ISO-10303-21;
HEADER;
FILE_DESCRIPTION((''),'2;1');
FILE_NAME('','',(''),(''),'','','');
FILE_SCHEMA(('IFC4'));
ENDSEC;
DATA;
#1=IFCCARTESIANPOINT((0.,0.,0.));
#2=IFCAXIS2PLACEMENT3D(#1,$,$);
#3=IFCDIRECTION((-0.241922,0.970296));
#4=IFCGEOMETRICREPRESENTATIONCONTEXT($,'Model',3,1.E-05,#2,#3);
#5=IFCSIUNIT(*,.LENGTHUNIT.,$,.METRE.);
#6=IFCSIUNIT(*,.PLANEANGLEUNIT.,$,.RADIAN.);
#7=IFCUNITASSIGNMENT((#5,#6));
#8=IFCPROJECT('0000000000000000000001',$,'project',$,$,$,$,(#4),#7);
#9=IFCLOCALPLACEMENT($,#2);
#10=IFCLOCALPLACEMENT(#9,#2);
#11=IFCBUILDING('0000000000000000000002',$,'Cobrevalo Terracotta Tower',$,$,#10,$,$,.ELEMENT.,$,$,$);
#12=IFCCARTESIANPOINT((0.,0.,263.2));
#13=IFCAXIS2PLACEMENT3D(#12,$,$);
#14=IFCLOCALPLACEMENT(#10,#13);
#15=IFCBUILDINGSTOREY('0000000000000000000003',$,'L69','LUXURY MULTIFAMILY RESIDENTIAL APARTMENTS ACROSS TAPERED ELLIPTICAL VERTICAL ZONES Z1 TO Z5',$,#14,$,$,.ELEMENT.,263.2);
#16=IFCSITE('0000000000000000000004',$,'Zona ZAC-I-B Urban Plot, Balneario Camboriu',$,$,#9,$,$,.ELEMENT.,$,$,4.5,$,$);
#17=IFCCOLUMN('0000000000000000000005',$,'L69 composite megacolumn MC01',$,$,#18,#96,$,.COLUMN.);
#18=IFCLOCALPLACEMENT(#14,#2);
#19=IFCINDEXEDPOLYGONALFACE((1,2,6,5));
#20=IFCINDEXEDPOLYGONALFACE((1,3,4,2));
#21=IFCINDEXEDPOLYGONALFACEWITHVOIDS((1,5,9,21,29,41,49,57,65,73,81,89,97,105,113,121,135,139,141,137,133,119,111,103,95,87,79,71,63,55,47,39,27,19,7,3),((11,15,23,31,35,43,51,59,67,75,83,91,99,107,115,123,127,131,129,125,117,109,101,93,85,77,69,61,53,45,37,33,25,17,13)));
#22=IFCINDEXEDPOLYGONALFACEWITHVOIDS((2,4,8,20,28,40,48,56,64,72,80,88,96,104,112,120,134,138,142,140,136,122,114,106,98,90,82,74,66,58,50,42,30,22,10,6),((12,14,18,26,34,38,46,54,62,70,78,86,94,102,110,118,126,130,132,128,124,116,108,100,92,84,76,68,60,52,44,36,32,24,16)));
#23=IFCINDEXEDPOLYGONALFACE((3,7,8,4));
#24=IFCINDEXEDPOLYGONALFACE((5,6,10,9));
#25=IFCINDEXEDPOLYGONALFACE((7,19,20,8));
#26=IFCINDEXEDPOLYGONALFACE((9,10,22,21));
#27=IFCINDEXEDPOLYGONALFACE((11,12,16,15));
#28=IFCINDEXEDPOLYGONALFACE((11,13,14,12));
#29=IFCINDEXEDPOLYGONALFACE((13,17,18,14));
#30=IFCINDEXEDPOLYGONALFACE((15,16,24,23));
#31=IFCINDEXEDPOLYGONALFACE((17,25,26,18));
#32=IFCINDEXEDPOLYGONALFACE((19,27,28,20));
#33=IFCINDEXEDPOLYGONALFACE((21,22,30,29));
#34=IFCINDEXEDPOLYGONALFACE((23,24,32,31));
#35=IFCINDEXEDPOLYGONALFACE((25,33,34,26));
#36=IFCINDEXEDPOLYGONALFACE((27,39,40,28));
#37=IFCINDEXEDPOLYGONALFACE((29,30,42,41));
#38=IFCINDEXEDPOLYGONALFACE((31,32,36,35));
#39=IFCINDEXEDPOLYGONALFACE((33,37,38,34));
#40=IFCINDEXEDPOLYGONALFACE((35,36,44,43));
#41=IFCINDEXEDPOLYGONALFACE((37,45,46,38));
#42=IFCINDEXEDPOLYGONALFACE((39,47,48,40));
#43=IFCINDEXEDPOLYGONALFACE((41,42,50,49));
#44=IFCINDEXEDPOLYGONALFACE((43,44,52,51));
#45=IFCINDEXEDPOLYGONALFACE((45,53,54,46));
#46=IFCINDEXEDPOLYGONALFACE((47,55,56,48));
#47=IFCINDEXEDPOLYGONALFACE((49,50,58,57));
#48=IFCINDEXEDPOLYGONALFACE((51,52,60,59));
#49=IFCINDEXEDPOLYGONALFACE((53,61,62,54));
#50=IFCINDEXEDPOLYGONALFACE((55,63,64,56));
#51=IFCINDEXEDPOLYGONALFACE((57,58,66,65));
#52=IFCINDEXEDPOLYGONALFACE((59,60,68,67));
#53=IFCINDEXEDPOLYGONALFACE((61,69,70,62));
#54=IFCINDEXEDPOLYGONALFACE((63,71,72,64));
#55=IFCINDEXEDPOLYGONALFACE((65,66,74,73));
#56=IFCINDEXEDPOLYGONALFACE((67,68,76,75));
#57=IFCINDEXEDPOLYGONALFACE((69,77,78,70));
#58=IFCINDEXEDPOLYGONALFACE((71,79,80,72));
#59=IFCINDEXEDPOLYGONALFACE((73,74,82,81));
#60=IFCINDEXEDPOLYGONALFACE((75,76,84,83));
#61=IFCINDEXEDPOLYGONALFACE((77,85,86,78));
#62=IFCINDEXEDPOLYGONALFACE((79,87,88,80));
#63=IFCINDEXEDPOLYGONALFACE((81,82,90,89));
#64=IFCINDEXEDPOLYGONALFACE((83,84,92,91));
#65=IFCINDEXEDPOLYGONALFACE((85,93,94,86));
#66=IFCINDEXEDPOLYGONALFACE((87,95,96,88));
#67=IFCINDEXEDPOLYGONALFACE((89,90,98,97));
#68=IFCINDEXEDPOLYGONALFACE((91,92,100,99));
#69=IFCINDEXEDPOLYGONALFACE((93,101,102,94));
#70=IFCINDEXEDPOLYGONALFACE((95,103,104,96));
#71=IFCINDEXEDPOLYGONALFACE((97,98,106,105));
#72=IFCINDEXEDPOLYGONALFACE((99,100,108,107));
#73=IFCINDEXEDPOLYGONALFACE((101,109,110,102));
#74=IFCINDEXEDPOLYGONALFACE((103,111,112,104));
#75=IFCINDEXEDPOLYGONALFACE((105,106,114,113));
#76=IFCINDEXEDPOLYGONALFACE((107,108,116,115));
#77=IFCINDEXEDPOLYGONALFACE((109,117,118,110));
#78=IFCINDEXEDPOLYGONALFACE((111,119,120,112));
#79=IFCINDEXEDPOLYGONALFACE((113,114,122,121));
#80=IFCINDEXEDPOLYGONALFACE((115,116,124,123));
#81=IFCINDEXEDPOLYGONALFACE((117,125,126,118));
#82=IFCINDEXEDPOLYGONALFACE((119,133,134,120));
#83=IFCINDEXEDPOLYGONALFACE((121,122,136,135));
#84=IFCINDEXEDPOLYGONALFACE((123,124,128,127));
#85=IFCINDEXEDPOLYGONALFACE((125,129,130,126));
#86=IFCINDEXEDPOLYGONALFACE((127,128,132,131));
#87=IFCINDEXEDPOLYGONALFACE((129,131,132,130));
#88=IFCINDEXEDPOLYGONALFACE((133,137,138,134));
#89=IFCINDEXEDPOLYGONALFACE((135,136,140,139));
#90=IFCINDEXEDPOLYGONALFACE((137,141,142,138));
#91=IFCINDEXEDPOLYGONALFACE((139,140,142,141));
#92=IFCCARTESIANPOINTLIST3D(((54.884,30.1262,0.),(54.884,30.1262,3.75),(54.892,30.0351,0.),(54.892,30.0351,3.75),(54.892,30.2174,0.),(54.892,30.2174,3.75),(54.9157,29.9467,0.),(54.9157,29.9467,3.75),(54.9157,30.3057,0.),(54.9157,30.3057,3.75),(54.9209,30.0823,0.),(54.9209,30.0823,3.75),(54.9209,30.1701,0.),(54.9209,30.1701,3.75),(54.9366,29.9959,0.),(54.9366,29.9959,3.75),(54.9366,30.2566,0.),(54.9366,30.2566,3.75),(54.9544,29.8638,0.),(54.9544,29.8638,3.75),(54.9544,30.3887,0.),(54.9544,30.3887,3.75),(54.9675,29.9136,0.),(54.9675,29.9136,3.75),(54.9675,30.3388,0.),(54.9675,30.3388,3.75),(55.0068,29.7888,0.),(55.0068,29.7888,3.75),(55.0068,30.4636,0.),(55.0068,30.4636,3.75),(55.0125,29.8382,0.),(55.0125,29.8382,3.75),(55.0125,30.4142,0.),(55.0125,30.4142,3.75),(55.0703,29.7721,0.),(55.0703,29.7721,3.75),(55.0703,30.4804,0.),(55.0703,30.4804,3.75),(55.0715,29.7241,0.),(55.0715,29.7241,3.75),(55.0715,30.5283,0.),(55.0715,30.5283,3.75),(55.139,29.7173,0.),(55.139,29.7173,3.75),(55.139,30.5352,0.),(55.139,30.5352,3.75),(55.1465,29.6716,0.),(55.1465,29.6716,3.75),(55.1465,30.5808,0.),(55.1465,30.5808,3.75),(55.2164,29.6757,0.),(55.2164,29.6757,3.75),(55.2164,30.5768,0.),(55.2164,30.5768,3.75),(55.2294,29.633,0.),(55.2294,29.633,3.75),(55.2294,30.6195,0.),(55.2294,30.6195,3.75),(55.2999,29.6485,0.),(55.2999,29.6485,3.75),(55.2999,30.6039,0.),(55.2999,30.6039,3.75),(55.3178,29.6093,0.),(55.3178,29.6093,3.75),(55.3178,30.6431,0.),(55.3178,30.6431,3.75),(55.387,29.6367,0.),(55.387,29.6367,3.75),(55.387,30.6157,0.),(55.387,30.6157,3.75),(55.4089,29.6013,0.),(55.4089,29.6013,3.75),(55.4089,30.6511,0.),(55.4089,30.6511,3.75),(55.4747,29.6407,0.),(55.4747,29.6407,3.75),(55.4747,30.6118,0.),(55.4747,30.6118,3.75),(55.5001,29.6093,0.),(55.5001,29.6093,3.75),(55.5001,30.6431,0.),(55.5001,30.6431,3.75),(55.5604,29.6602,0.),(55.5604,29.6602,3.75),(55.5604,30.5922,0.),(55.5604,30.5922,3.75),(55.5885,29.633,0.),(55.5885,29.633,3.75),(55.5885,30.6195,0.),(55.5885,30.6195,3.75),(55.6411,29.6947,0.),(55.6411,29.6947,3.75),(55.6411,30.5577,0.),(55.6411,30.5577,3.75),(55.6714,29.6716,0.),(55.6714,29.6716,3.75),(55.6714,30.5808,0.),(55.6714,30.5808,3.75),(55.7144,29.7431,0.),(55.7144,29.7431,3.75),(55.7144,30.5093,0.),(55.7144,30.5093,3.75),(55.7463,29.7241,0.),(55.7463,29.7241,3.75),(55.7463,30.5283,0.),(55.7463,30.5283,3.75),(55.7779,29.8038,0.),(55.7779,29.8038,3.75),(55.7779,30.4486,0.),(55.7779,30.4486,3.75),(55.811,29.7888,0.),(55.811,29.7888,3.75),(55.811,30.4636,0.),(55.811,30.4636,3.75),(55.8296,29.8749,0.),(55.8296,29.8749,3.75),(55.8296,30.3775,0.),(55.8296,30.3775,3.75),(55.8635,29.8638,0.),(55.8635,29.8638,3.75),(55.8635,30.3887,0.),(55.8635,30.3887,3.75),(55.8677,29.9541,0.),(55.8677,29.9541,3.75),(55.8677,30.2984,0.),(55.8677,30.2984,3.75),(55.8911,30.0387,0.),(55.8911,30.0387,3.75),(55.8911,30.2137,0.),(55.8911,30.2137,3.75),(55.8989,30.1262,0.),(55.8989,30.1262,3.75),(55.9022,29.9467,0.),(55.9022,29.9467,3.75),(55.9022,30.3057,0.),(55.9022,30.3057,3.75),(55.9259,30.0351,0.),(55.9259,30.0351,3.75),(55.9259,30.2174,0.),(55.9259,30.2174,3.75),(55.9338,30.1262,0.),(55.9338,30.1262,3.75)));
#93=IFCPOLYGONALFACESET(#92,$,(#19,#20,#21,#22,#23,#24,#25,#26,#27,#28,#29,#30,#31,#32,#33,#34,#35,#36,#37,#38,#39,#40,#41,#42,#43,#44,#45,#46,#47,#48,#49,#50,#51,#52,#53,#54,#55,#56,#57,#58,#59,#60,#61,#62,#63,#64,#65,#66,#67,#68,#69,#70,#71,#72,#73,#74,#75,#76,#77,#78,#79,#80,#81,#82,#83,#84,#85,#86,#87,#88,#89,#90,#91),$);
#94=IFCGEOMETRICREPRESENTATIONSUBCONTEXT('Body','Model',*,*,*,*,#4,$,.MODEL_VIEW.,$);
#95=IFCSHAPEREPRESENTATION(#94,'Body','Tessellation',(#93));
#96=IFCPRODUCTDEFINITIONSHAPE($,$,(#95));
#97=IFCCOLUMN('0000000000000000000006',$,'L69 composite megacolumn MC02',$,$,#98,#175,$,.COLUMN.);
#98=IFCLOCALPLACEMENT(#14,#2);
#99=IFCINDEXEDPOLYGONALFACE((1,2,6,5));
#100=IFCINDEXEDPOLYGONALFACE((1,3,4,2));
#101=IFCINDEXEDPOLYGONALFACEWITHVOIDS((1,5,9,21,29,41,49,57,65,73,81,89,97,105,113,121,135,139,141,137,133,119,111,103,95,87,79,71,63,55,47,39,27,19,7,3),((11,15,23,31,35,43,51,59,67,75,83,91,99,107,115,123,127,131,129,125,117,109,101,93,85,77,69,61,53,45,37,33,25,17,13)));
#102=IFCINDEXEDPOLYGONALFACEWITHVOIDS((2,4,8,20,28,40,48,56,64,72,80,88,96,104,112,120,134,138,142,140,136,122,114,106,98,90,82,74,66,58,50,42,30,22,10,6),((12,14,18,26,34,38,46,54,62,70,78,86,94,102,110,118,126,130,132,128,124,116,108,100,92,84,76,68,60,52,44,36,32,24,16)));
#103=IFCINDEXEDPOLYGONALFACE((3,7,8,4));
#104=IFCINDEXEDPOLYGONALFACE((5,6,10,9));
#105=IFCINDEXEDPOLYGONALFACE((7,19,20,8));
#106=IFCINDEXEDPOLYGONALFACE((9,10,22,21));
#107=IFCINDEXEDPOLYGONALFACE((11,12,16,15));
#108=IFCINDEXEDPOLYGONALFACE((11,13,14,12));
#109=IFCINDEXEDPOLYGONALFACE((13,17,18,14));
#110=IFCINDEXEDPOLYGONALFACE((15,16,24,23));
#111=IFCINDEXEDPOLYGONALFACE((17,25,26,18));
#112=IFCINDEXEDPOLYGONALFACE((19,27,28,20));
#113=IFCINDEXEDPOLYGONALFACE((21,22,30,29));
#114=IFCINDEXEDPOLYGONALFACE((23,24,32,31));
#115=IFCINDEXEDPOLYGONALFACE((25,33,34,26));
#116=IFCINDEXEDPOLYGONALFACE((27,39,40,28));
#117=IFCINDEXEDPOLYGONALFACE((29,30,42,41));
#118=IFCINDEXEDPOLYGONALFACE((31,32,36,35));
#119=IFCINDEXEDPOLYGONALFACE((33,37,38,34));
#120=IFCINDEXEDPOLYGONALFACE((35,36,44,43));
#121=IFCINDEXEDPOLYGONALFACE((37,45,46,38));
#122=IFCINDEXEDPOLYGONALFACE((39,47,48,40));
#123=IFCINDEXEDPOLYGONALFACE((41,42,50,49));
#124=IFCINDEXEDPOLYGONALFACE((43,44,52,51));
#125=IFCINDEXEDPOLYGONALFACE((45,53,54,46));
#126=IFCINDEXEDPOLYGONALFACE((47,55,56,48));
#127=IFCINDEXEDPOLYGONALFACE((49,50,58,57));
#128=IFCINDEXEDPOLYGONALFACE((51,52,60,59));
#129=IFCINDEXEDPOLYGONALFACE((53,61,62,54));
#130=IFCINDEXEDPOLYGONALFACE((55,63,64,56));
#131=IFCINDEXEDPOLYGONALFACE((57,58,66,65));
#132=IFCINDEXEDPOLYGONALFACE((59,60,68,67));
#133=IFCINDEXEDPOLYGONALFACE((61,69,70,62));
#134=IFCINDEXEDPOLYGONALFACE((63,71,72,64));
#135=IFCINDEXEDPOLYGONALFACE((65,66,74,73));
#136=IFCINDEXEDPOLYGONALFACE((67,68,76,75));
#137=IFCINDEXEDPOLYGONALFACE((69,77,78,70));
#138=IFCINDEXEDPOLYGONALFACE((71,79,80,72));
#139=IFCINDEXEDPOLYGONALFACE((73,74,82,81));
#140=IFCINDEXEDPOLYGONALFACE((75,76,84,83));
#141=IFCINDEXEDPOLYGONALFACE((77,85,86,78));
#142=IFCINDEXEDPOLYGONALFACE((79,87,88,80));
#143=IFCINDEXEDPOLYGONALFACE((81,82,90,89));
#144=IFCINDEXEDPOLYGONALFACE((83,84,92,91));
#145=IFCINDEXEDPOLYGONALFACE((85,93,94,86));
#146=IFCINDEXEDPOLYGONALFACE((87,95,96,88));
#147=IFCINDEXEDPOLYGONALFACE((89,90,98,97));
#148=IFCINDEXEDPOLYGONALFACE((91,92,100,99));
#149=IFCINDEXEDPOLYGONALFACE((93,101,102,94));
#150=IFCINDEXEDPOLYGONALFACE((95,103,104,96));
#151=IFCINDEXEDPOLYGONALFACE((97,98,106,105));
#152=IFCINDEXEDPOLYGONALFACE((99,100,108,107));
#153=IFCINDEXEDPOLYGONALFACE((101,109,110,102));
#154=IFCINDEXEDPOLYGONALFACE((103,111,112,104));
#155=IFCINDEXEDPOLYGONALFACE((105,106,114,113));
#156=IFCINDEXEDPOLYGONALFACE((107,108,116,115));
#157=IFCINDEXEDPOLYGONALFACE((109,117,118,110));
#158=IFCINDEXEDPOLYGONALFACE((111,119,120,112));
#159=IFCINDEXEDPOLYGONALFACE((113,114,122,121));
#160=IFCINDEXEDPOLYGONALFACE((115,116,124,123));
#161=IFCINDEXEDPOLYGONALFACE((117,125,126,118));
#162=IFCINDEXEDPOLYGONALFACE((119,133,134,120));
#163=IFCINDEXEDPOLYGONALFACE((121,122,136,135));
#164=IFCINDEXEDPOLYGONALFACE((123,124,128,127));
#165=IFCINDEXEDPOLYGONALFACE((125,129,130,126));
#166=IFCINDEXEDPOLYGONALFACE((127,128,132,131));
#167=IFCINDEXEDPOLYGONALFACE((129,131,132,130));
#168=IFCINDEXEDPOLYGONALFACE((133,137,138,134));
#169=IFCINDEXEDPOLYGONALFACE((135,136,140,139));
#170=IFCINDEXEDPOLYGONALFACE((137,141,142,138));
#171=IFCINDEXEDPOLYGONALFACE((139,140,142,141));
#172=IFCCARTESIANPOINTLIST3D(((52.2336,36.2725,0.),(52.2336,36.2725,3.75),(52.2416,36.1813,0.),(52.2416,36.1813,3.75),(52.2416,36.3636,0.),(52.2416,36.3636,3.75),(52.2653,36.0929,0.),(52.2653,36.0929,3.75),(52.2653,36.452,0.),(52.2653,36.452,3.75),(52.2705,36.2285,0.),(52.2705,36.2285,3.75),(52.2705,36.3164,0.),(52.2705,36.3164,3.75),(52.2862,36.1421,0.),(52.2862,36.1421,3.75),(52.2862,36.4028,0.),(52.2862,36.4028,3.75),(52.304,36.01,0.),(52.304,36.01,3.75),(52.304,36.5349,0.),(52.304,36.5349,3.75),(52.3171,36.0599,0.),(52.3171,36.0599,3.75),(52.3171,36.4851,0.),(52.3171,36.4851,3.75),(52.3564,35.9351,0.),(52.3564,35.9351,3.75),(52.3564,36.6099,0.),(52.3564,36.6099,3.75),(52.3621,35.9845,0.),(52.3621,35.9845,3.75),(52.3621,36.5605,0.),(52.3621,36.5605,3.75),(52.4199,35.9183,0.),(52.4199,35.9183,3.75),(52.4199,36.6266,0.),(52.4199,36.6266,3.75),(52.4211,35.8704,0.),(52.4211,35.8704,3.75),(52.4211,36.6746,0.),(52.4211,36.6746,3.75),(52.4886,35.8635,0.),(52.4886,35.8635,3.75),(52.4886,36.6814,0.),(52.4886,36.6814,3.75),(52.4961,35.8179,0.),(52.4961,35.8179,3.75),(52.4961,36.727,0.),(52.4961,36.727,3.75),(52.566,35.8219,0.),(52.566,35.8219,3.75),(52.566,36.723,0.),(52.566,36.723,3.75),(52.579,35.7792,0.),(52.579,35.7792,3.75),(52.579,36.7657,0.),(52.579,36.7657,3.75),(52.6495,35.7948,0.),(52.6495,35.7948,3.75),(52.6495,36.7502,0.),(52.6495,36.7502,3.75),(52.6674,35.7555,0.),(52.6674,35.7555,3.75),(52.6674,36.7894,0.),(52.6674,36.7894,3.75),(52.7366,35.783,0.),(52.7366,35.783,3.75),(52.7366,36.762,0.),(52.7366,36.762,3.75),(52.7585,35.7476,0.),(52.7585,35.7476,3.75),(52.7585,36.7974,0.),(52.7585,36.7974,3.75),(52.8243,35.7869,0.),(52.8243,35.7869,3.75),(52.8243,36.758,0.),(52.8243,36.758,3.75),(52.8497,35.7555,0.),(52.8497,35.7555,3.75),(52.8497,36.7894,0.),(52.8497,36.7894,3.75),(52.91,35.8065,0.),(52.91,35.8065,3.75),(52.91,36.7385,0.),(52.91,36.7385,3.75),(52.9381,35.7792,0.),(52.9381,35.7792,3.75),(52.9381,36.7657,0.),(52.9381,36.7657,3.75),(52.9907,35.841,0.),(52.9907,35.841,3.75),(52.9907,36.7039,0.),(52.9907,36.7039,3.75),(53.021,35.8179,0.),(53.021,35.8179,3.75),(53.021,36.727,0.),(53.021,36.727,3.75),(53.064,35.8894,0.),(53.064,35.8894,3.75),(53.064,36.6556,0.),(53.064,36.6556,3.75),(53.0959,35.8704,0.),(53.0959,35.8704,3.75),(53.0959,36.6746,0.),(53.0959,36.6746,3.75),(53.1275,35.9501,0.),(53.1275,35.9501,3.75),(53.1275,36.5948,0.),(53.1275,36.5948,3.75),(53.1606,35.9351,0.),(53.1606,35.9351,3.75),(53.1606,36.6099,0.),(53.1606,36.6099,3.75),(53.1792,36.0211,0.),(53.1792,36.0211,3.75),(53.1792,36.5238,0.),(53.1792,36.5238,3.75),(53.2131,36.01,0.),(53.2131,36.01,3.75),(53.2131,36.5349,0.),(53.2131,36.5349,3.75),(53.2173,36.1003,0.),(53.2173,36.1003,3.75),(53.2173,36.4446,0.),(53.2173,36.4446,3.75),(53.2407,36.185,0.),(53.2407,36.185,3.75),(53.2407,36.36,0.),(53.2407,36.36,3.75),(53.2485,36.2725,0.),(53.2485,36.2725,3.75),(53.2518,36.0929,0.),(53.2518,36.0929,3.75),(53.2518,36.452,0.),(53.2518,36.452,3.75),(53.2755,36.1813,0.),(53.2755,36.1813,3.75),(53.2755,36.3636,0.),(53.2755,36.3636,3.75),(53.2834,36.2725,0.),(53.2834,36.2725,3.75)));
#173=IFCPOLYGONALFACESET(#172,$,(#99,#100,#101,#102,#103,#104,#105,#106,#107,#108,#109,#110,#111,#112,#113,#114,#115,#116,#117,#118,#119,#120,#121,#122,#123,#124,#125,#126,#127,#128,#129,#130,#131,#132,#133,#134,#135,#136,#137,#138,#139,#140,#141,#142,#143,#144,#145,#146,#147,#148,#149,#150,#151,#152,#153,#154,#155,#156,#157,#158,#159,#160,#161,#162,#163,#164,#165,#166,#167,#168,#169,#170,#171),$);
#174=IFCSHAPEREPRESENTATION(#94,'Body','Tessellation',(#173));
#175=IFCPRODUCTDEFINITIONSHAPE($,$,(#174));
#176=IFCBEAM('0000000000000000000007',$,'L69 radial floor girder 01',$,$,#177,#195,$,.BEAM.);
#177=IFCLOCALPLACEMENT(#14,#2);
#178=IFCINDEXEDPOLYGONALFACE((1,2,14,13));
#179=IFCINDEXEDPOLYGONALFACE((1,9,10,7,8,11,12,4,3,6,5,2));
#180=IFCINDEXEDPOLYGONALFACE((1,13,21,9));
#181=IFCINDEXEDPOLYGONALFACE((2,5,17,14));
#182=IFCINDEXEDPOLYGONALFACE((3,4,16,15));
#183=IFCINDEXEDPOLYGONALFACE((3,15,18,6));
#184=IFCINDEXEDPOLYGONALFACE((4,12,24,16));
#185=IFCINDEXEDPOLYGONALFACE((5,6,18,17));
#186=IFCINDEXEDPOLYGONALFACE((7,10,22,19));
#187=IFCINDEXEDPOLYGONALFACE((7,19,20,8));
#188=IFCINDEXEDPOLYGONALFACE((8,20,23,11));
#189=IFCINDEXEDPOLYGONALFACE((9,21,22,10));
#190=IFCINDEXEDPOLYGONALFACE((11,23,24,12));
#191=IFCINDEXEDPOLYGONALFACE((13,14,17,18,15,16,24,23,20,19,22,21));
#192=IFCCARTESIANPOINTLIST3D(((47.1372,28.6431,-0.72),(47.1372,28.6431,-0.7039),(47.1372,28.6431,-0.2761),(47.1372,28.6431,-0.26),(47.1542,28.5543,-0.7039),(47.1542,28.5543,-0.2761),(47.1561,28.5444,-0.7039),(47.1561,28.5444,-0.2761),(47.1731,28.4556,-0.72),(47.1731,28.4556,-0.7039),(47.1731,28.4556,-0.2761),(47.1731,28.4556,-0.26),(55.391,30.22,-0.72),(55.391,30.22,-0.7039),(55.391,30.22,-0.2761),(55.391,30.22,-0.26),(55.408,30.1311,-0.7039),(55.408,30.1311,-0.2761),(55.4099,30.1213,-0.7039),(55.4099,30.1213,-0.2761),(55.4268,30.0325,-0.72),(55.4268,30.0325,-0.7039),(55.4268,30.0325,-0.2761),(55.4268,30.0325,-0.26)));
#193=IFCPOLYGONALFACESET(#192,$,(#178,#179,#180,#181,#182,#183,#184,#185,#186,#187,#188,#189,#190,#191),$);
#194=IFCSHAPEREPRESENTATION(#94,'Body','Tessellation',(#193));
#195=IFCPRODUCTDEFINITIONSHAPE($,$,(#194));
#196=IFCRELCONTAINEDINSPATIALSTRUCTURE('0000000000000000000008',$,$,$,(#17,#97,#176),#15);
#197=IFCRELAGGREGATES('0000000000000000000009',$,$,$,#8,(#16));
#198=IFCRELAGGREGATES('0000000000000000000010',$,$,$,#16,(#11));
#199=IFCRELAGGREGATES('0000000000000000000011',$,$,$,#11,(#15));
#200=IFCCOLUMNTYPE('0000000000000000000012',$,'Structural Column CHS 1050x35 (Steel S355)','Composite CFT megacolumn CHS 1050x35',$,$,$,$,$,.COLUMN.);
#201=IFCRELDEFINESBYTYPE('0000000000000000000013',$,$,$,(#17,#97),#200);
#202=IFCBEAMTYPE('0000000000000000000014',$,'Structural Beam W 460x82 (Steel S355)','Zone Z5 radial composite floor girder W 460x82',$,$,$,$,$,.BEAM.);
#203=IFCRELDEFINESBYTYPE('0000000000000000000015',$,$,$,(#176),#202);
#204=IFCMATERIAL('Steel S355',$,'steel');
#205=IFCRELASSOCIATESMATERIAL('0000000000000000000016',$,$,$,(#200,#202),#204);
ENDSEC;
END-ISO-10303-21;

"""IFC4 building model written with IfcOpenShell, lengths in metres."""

from ifc_helpers import new_model, si_unit, direction, frame, origin, origin_2d, place, context, subcontext, project, spatial, hollow_circle, i_section, extrude, material, material_profile, profile_set, type_object, element, save


model = new_model("IFC4")

# Units and contexts
model_context = context("Model", 3, precision=1e-05, world=origin(), true_north=direction((-0.241922, 0.970296)))
body_context = subcontext(model_context, "Body", "Model", "MODEL_VIEW")
ifc_project = project(units=[si_unit("LENGTHUNIT", "METRE"), si_unit("PLANEANGLEUNIT", "RADIAN")], contexts=[model_context])

# Site, building, storey
site_placement = place(None, origin())
site = spatial("IfcSite", under=ifc_project, at=site_placement, Name="Zona ZAC-I-B Urban Plot, Balneario Camboriu", CompositionType="ELEMENT", RefElevation=4.5)
building_placement = place(site_placement, origin())
building = spatial("IfcBuilding", under=site, at=building_placement, Name="Cobrevalo Terracotta Tower", CompositionType="ELEMENT")
storey_placement = place(building_placement, frame((0.0, 0.0, 263.2)))
storey = spatial("IfcBuildingStorey", under=building, at=storey_placement, Name="L69", Description="LUXURY MULTIFAMILY RESIDENTIAL APARTMENTS ACROSS TAPERED ELLIPTICAL VERTICAL ZONES Z1 TO Z5", CompositionType="ELEMENT", Elevation=263.2)

# Columns
ifc_material_1 = material(Name="Steel S355", Category="steel")
ifc_material_profile_1 = material_profile(ifc_material_1, hollow_circle(Radius=0.5249, WallThickness=0.0349, at=origin_2d()), Name="CHS 1050x35")
ifc_profile_set_1 = profile_set([ifc_material_profile_1], Name="Steel S355")
column_type = type_object("IfcColumnType", Name="Structural Column CHS 1050x35 (Steel S355)", Description="Composite CFT megacolumn CHS 1050x35", PredefinedType="COLUMN", material=ifc_profile_set_1)
for number, where, z_axis, x_axis, name in (
    (1, (55.4089, 30.1262, 0.0), (0.0, 0.0, 1.0), (1.0, 0.0, 0.0), "L69 composite megacolumn MC01"),
    (2, (52.7585, 36.2725, 0.0), (0.0, 0.0, 1.0), (1.0, 0.0, 0.0), "L69 composite megacolumn MC02"),
):
    element("IfcColumn", number, at=place(storey_placement, frame(where, z_axis=z_axis, x_axis=x_axis)), inside=storey, type_object=column_type, Name=name, PredefinedType="COLUMN", context=body_context, shape_type="SweptSolid", body=[
        extrude(hollow_circle(Radius=0.5249, WallThickness=0.0349, at=origin_2d()), origin(), (0.0, 0.0, 1.0), 3.75),
    ])

# Beam
ifc_material_profile_2 = material_profile(ifc_material_1, i_section(OverallWidth=0.1909, OverallDepth=0.46, WebThickness=0.01, FlangeThickness=0.0161, at=origin_2d()), Name="W 460x82")
ifc_profile_set_2 = profile_set([ifc_material_profile_2], Name="Steel S355")
beam_type_1 = type_object("IfcBeamType", Name="Structural Beam W 460x82 (Steel S355)", Description="Zone Z5 radial composite floor girder W 460x82", PredefinedType="BEAM", material=ifc_profile_set_2)
beam_1_placement = place(storey_placement, frame((55.4089, 30.1262, -0.49), z_axis=(-0.982235, -0.187655, 0.0), x_axis=(0.187655, -0.982235, 0.0)))
element("IfcBeam", 3, at=beam_1_placement, inside=storey, type_object=beam_type_1, Name="L69 radial floor girder 01", PredefinedType="BEAM", context=body_context, shape_type="SweptSolid", body=[
    extrude(i_section(OverallWidth=0.1909, OverallDepth=0.46, WebThickness=0.01, FlangeThickness=0.0161, at=origin_2d()), origin(), (0.0, 0.0, 1.0), 8.4031),
])

save(model, "model.ifc")
